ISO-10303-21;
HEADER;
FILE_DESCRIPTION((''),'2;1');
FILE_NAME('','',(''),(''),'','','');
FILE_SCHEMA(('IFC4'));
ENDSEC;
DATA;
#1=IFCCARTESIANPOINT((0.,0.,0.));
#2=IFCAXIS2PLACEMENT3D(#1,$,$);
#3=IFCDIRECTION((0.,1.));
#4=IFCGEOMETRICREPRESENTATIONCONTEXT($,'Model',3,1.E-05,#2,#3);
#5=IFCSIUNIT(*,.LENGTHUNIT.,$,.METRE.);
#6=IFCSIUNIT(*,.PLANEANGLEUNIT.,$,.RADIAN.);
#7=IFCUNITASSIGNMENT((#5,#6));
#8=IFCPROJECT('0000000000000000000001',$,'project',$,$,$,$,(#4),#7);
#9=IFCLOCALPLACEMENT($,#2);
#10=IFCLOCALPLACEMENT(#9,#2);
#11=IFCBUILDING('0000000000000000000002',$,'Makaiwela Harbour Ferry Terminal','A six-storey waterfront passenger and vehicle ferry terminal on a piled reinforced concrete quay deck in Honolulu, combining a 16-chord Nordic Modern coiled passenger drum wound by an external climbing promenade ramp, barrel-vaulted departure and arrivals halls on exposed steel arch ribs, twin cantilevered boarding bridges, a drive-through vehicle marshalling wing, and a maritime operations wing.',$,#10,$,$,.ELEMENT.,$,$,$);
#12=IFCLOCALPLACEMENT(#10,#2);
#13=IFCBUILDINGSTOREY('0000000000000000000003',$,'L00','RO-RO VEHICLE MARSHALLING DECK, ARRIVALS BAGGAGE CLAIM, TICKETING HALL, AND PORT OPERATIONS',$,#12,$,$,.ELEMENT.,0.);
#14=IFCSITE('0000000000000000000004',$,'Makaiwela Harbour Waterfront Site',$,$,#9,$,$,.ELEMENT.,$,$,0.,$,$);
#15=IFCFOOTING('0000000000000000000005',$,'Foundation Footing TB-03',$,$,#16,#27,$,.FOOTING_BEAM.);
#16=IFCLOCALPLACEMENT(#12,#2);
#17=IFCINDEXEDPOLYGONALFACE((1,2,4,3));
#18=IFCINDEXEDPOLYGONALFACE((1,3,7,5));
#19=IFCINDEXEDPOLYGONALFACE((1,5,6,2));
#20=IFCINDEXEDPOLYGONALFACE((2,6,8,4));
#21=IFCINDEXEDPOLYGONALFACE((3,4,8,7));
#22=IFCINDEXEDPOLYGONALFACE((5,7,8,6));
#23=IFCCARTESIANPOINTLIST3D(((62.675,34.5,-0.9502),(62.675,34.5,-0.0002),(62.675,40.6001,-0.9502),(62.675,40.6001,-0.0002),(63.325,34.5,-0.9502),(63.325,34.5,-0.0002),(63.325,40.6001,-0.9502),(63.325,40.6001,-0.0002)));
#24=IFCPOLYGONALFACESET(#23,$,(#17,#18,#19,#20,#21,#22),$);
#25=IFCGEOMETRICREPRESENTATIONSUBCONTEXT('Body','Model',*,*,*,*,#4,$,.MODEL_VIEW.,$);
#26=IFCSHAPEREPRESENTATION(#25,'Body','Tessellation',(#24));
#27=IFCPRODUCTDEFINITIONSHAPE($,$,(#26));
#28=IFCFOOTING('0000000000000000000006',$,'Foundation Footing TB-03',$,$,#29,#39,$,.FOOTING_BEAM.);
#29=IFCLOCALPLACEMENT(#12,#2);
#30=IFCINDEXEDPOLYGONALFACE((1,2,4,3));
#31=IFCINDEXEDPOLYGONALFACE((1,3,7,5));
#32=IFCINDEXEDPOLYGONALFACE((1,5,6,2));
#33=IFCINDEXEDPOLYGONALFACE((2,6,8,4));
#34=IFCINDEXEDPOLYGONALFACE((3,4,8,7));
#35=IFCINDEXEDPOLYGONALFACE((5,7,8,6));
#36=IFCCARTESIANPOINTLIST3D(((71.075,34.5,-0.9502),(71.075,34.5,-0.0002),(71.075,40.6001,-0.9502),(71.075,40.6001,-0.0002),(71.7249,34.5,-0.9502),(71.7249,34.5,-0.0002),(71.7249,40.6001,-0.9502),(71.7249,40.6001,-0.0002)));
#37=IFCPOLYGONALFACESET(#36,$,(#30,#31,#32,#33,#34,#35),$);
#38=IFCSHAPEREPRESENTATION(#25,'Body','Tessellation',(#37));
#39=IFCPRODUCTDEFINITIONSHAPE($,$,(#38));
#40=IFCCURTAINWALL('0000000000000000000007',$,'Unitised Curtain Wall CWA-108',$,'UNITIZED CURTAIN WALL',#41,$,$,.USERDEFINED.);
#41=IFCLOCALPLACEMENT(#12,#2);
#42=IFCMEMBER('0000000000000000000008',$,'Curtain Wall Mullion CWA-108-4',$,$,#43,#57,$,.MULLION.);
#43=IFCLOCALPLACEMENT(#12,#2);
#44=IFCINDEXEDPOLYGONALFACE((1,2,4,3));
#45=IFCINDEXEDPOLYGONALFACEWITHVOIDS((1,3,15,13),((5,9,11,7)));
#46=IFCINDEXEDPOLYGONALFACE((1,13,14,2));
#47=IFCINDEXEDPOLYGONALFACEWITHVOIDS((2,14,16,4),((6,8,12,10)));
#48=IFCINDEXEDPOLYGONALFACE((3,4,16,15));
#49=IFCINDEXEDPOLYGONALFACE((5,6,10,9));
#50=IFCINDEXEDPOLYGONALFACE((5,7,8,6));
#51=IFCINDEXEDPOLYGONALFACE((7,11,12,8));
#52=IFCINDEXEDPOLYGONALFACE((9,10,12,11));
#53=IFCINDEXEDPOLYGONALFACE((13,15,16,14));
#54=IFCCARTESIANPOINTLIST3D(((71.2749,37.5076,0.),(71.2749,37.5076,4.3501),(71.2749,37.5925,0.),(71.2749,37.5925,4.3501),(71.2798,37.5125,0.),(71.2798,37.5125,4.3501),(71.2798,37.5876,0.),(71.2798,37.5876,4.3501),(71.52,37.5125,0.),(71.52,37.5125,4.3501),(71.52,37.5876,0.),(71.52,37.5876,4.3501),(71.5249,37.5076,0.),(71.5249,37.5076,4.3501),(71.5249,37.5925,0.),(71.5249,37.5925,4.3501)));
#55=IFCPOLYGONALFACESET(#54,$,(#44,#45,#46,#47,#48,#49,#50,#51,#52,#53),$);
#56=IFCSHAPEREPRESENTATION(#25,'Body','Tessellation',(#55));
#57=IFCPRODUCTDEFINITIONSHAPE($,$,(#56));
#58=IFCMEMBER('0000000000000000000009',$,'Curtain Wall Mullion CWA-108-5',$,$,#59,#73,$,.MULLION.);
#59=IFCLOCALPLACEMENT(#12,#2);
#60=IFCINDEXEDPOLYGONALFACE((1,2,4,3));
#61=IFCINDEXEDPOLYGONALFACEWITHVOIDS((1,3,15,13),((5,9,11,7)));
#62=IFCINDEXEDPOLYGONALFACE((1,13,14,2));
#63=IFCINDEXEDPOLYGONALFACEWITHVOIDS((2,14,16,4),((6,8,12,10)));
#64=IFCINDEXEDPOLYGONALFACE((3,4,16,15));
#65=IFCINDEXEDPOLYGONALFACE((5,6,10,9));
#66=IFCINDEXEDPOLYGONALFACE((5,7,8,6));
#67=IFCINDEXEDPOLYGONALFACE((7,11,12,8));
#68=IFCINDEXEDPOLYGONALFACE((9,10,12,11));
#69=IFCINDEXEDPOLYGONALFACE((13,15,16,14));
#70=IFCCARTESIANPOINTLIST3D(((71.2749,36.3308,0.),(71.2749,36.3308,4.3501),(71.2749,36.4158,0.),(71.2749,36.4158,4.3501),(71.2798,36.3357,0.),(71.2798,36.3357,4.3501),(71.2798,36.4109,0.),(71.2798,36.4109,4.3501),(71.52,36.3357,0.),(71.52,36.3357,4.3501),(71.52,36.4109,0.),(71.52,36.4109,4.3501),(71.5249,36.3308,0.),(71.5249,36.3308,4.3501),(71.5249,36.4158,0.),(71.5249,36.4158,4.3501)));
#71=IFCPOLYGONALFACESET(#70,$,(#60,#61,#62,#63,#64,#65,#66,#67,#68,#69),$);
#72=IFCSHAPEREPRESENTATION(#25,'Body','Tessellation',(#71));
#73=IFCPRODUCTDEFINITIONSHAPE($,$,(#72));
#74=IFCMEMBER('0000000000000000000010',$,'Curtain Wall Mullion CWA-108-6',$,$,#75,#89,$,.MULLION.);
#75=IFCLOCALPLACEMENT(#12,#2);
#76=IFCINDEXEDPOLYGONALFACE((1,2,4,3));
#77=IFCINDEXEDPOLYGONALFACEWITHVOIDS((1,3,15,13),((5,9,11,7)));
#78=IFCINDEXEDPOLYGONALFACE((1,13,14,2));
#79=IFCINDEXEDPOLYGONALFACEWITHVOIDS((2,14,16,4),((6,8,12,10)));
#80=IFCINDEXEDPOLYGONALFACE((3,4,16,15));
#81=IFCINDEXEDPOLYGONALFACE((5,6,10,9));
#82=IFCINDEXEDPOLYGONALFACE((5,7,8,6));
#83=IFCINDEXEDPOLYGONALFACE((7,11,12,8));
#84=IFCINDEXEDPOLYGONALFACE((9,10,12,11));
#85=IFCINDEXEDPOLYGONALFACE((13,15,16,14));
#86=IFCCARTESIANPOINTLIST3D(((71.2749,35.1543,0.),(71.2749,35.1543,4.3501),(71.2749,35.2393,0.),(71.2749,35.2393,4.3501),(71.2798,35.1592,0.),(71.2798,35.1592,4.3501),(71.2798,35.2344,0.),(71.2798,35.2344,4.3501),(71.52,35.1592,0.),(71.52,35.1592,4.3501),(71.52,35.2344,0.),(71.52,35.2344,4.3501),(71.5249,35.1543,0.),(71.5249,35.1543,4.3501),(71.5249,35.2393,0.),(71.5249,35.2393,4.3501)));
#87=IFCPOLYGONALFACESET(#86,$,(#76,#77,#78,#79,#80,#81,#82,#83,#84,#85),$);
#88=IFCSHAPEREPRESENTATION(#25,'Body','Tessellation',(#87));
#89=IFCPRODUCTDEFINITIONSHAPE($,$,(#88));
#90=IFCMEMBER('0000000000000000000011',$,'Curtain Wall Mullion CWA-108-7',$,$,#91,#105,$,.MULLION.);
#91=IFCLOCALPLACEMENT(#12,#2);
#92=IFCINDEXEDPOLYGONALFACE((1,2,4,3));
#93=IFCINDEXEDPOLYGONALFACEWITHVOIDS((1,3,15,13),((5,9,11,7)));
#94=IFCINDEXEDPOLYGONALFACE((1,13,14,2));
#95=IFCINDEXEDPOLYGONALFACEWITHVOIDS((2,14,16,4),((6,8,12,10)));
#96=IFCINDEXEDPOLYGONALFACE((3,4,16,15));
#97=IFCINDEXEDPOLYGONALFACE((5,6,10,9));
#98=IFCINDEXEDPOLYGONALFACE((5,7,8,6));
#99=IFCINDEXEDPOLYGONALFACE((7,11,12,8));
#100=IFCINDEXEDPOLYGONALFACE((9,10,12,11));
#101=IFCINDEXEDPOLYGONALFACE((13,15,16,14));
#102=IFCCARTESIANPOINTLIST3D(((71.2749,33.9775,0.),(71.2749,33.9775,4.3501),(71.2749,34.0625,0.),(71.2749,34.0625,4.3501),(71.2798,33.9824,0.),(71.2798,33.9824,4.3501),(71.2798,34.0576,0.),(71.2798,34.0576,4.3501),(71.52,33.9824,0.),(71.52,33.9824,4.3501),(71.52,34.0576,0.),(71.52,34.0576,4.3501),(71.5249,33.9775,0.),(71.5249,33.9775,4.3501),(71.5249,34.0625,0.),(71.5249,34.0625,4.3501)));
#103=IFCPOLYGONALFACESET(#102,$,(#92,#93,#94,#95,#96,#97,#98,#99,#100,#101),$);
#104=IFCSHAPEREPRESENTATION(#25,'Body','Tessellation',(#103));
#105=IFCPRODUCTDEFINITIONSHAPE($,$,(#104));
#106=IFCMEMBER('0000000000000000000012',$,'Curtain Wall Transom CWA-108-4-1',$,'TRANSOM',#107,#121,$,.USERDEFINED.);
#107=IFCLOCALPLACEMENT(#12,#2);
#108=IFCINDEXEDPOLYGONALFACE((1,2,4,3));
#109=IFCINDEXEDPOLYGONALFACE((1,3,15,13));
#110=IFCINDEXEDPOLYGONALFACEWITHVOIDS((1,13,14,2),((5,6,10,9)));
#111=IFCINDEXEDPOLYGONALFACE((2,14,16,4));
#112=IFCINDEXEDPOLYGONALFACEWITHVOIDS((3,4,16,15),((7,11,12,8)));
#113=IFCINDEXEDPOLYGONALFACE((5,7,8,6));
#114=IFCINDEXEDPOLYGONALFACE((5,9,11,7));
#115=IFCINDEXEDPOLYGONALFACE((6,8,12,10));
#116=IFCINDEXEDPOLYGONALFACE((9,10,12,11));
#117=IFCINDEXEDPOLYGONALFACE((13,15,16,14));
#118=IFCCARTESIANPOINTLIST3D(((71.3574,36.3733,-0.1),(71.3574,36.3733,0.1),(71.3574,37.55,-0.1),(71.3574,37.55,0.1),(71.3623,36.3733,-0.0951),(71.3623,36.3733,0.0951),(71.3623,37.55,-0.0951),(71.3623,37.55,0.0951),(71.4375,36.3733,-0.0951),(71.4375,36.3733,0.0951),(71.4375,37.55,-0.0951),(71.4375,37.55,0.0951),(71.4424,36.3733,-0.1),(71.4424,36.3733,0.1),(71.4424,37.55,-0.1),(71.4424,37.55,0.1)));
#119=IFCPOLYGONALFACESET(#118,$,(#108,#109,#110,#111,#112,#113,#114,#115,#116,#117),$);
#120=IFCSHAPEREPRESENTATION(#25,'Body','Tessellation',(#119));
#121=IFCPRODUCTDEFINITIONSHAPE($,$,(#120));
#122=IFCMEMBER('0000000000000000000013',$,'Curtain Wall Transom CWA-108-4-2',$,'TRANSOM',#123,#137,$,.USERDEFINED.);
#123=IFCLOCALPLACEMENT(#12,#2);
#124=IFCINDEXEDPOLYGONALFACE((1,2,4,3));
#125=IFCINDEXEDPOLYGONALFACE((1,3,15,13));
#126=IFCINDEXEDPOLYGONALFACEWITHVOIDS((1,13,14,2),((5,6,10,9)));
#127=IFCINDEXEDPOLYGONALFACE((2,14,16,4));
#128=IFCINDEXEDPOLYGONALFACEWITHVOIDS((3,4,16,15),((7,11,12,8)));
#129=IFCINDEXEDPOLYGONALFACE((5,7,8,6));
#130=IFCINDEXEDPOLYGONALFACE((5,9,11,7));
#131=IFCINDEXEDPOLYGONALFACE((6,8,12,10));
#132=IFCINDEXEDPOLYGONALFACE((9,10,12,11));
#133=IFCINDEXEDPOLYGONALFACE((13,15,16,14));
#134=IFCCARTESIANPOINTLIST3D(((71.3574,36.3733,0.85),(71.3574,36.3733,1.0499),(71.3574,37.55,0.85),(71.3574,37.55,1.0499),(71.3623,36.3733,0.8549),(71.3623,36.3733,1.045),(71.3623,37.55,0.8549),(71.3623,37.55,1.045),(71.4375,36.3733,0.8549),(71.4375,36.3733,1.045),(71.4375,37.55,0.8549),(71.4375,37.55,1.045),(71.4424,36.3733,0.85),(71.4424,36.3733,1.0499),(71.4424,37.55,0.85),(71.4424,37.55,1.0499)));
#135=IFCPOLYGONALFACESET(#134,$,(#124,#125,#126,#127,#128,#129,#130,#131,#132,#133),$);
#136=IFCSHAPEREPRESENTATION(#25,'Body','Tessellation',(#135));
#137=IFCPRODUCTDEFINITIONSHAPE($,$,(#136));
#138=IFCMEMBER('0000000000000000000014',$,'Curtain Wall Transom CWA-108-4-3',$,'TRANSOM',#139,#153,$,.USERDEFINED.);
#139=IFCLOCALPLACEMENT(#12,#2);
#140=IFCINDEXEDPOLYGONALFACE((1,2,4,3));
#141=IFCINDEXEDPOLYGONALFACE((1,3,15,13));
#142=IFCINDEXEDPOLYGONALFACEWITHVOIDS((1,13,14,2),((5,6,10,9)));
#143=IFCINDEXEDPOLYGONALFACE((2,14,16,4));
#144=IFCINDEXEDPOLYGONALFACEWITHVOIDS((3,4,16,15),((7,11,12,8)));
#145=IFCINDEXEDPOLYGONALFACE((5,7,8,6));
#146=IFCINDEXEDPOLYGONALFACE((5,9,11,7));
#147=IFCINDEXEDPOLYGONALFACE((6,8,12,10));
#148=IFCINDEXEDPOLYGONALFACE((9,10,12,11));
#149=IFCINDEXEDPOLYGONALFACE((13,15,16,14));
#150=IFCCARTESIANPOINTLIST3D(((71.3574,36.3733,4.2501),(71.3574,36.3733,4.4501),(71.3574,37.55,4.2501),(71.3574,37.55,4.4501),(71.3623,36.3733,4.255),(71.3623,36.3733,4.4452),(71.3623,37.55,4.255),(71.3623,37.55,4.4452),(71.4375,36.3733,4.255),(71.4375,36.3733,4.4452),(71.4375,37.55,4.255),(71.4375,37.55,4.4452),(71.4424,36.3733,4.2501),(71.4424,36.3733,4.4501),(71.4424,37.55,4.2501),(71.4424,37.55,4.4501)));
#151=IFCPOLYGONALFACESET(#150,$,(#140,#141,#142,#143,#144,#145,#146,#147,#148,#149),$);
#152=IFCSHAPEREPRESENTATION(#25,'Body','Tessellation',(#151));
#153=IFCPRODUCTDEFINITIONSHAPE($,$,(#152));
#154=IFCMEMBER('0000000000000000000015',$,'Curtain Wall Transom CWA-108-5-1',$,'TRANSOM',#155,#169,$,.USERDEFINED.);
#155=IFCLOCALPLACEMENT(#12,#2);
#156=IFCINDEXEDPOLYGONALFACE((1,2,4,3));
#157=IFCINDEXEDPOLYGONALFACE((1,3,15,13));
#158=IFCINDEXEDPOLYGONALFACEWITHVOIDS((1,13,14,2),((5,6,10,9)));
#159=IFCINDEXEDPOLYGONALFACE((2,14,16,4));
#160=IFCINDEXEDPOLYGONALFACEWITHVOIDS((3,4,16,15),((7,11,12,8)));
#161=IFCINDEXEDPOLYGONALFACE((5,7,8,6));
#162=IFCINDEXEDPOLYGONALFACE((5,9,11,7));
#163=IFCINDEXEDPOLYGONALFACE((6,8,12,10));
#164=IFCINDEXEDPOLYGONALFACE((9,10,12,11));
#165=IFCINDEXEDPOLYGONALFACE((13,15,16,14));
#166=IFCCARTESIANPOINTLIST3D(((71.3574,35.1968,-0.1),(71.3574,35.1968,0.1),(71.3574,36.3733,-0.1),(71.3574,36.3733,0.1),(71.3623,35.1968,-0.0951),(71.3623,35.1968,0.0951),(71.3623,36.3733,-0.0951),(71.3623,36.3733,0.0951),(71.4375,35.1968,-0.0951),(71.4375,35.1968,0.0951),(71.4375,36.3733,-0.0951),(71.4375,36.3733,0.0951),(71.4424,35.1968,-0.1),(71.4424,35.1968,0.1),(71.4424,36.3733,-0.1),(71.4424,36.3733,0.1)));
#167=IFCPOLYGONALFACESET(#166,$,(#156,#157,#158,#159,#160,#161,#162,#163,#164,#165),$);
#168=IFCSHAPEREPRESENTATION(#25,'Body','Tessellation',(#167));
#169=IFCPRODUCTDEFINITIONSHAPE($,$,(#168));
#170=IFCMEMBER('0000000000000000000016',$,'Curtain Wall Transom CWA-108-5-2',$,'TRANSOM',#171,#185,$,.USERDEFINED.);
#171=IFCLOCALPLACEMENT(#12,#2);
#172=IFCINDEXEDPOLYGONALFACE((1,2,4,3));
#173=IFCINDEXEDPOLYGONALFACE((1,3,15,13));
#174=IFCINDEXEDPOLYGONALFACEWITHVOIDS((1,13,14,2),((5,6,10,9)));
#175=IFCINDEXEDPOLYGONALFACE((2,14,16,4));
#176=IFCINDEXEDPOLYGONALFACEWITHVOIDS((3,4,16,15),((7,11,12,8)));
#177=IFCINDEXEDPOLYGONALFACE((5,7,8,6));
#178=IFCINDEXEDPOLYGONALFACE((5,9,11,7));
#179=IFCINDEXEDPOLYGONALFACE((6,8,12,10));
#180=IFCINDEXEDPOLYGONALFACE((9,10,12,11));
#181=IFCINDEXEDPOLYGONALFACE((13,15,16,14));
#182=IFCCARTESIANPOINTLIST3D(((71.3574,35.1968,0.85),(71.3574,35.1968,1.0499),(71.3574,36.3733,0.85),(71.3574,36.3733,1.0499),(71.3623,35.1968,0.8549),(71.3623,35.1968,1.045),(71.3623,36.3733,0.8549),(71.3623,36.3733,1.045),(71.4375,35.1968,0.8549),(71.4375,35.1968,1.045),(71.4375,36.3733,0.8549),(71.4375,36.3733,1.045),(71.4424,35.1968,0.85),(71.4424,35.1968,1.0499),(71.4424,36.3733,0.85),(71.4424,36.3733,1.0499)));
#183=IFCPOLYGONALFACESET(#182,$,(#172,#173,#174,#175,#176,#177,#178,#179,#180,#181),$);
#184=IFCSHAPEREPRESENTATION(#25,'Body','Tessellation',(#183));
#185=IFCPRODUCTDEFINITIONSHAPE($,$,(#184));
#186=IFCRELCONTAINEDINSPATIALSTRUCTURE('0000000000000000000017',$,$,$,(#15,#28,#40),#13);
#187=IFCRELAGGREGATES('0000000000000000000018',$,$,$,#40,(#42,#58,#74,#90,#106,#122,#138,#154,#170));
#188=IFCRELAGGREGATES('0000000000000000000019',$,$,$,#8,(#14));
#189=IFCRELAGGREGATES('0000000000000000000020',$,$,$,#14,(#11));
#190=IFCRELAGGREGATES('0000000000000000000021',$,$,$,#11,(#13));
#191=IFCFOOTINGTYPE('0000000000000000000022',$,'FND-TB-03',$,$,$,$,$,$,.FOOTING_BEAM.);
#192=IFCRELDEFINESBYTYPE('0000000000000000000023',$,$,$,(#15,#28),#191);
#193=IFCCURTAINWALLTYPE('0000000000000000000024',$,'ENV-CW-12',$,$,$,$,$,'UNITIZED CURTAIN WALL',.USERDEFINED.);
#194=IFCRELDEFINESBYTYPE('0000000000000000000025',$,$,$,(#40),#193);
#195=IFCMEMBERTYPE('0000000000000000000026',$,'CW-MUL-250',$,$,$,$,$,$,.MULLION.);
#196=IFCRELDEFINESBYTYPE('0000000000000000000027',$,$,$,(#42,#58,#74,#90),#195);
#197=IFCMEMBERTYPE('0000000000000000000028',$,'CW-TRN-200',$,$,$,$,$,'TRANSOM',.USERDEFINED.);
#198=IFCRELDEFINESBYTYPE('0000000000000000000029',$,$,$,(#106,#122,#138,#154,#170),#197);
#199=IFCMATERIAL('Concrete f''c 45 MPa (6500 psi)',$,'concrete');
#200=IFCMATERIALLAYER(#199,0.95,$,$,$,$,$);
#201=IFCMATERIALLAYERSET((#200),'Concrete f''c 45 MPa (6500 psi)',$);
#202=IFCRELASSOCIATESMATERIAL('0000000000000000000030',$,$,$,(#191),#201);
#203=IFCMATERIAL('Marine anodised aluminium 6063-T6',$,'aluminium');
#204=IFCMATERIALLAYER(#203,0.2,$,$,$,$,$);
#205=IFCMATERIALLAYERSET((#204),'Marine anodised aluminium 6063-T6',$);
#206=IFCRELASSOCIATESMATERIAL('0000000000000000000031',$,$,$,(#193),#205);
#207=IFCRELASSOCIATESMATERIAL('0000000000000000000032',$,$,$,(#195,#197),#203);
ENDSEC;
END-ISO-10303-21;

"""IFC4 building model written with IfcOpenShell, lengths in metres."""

from ifc_helpers import new_model, si_unit, direction, frame, origin, origin_2d, place, context, subcontext, project, spatial, rectangle, hollow_rectangle, extrude, material, layer, layer_set, material_profile, profile_set, type_object, element, aggregate, save


model = new_model("IFC4")

# Units and contexts
model_context = context("Model", 3, precision=1e-05, world=origin(), true_north=direction((0.0, 1.0)))
body_context = subcontext(model_context, "Body", "Model", "MODEL_VIEW")
ifc_project = project(units=[si_unit("LENGTHUNIT", "METRE"), si_unit("PLANEANGLEUNIT", "RADIAN")], contexts=[model_context])

# Site, building, storey
site_placement = place(None, origin())
site = spatial("IfcSite", under=ifc_project, at=site_placement, Name="Makaiwela Harbour Waterfront Site", CompositionType="ELEMENT", RefElevation=0.0)
building_placement = place(site_placement, origin())
building = spatial("IfcBuilding", under=site, at=building_placement, Name="Makaiwela Harbour Ferry Terminal", Description="A six-storey waterfront passenger and vehicle ferry terminal on a piled reinforced concrete quay deck in Honolulu, combining a 16-chord Nordic Modern coiled passenger drum wound by an external climbing promenade ramp, barrel-vaulted departure and arrivals halls on exposed steel arch ribs, twin cantilevered boarding bridges, a drive-through vehicle marshalling wing, and a maritime operations wing.", CompositionType="ELEMENT")
storey_placement = place(building_placement, origin())
storey = spatial("IfcBuildingStorey", under=building, at=storey_placement, Name="L00", Description="RO-RO VEHICLE MARSHALLING DECK, ARRIVALS BAGGAGE CLAIM, TICKETING HALL, AND PORT OPERATIONS", CompositionType="ELEMENT", Elevation=0.0)

# Footings
ifc_material_1 = material(Name="Concrete f'c 45 MPa (6500 psi)", Category="concrete")
ifc_layer_1 = layer(ifc_material_1, 0.95)
ifc_layer_set_1 = layer_set([ifc_layer_1], Name="Concrete f'c 45 MPa (6500 psi)")
footing_type = type_object("IfcFootingType", Name="FND-TB-03", PredefinedType="FOOTING_BEAM", material=ifc_layer_set_1)
for number, where, z_axis, x_axis, name in (
    (1, (63.0, 37.55, -0.9502), (0.0, 0.0, 1.0), (0.0, 1.0, 0.0), "Foundation Footing TB-03"),
    (2, (71.3999, 37.55, -0.9502), (0.0, 0.0, 1.0), (0.0, 1.0, 0.0), "Foundation Footing TB-03"),
):
    element("IfcFooting", number, at=place(storey_placement, frame(where, z_axis=z_axis, x_axis=x_axis)), inside=storey, type_object=footing_type, Name=name, PredefinedType="FOOTING_BEAM", context=body_context, shape_type="SweptSolid", body=[
        extrude(rectangle(XDim=6.1001, YDim=0.6499, at=origin_2d()), origin(), (0.0, 0.0, 1.0), 0.95),
    ])

# Curtain wall, members
ifc_material_2 = material(Name="Marine anodised aluminium 6063-T6", Category="aluminium")
ifc_layer_2 = layer(ifc_material_2, 0.2)
ifc_layer_set_2 = layer_set([ifc_layer_2], Name="Marine anodised aluminium 6063-T6")
curtain_wall_type = type_object("IfcCurtainWallType", Name="ENV-CW-12", ElementType="UNITIZED CURTAIN WALL", PredefinedType="USERDEFINED", material=ifc_layer_set_2)
curtain_wall_placement = place(storey_placement, origin())
curtain_wall = element("IfcCurtainWall", 3, at=curtain_wall_placement, inside=storey, type_object=curtain_wall_type, Name="Unitised Curtain Wall CWA-108", ObjectType="UNITIZED CURTAIN WALL", PredefinedType="USERDEFINED")
ifc_material_profile_1 = material_profile(ifc_material_2, hollow_rectangle(XDim=0.085, YDim=0.25, WallThickness=0.0049, at=origin_2d()), Name="CWM-250X85")
ifc_profile_set_1 = profile_set([ifc_material_profile_1], Name="Marine anodised aluminium 6063-T6")
member_type_1 = type_object("IfcMemberType", Name="CW-MUL-250", PredefinedType="MULLION", material=ifc_profile_set_1)
member_1_placement = place(storey_placement, frame((71.3999, 37.55, 0.0), z_axis=(0.0, 0.0, 1.0), x_axis=(0.0, 1.0, 0.0)))
member_1 = element("IfcMember", 4, at=member_1_placement, type_object=member_type_1, Name="Curtain Wall Mullion CWA-108-4", PredefinedType="MULLION", context=body_context, shape_type="SweptSolid", body=[
    extrude(hollow_rectangle(XDim=0.085, YDim=0.25, WallThickness=0.0049, at=origin_2d()), origin(), (0.0, 0.0, 1.0), 4.3501),
])
member_2_placement = place(storey_placement, frame((71.3999, 36.3733, 0.0), z_axis=(0.0, 0.0, 1.0), x_axis=(0.0, 1.0, 0.0)))
member_2 = element("IfcMember", 5, at=member_2_placement, type_object=member_type_1, Name="Curtain Wall Mullion CWA-108-5", PredefinedType="MULLION", context=body_context, shape_type="SweptSolid", body=[
    extrude(hollow_rectangle(XDim=0.085, YDim=0.25, WallThickness=0.0049, at=origin_2d()), origin(), (0.0, 0.0, 1.0), 4.3501),
])
member_3_placement = place(storey_placement, frame((71.3999, 35.1968, 0.0), z_axis=(0.0, 0.0, 1.0), x_axis=(0.0, 1.0, 0.0)))
member_3 = element("IfcMember", 6, at=member_3_placement, type_object=member_type_1, Name="Curtain Wall Mullion CWA-108-6", PredefinedType="MULLION", context=body_context, shape_type="SweptSolid", body=[
    extrude(hollow_rectangle(XDim=0.085, YDim=0.25, WallThickness=0.0049, at=origin_2d()), origin(), (0.0, 0.0, 1.0), 4.3501),
])
member_4_placement = place(storey_placement, frame((71.3999, 34.02, 0.0), z_axis=(0.0, 0.0, 1.0), x_axis=(0.0, 1.0, 0.0)))
member_4 = element("IfcMember", 7, at=member_4_placement, type_object=member_type_1, Name="Curtain Wall Mullion CWA-108-7", PredefinedType="MULLION", context=body_context, shape_type="SweptSolid", body=[
    extrude(hollow_rectangle(XDim=0.085, YDim=0.25, WallThickness=0.0049, at=origin_2d()), origin(), (0.0, 0.0, 1.0), 4.3501),
])
ifc_material_profile_2 = material_profile(ifc_material_2, hollow_rectangle(XDim=0.085, YDim=0.2, WallThickness=0.0049, at=origin_2d()), Name="CWT-200X85")
ifc_profile_set_2 = profile_set([ifc_material_profile_2], Name="Marine anodised aluminium 6063-T6")
member_type_2 = type_object("IfcMemberType", Name="CW-TRN-200", ElementType="TRANSOM", PredefinedType="USERDEFINED", material=ifc_profile_set_2)
member_5_placement = place(storey_placement, frame((71.3999, 37.55, 0.0), z_axis=(0.0, -1.0, 0.0), x_axis=(1.0, 0.0, 0.0)))
member_5 = element("IfcMember", 8, at=member_5_placement, type_object=member_type_2, Name="Curtain Wall Transom CWA-108-4-1", ObjectType="TRANSOM", PredefinedType="USERDEFINED", context=body_context, shape_type="SweptSolid", body=[
    extrude(hollow_rectangle(XDim=0.085, YDim=0.2, WallThickness=0.0049, at=origin_2d()), origin(), (0.0, 0.0, 1.0), 1.1768),
])
member_6_placement = place(storey_placement, frame((71.3999, 37.55, 0.95), z_axis=(0.0, -1.0, 0.0), x_axis=(1.0, 0.0, 0.0)))
member_6 = element("IfcMember", 9, at=member_6_placement, type_object=member_type_2, Name="Curtain Wall Transom CWA-108-4-2", ObjectType="TRANSOM", PredefinedType="USERDEFINED", context=body_context, shape_type="SweptSolid", body=[
    extrude(hollow_rectangle(XDim=0.085, YDim=0.2, WallThickness=0.0049, at=origin_2d()), origin(), (0.0, 0.0, 1.0), 1.1768),
])
member_7_placement = place(storey_placement, frame((71.3999, 37.55, 4.3501), z_axis=(0.0, -1.0, 0.0), x_axis=(1.0, 0.0, 0.0)))
member_7 = element("IfcMember", 10, at=member_7_placement, type_object=member_type_2, Name="Curtain Wall Transom CWA-108-4-3", ObjectType="TRANSOM", PredefinedType="USERDEFINED", context=body_context, shape_type="SweptSolid", body=[
    extrude(hollow_rectangle(XDim=0.085, YDim=0.2, WallThickness=0.0049, at=origin_2d()), origin(), (0.0, 0.0, 1.0), 1.1768),
])
member_8_placement = place(storey_placement, frame((71.3999, 36.3733, 0.0), z_axis=(0.0, -1.0, 0.0), x_axis=(1.0, 0.0, 0.0)))
member_8 = element("IfcMember", 11, at=member_8_placement, type_object=member_type_2, Name="Curtain Wall Transom CWA-108-5-1", ObjectType="TRANSOM", PredefinedType="USERDEFINED", context=body_context, shape_type="SweptSolid", body=[
    extrude(hollow_rectangle(XDim=0.085, YDim=0.2, WallThickness=0.0049, at=origin_2d()), origin(), (0.0, 0.0, 1.0), 1.1765),
])
member_9_placement = place(storey_placement, frame((71.3999, 36.3733, 0.95), z_axis=(0.0, -1.0, 0.0), x_axis=(1.0, 0.0, 0.0)))
member_9 = element("IfcMember", 12, at=member_9_placement, type_object=member_type_2, Name="Curtain Wall Transom CWA-108-5-2", ObjectType="TRANSOM", PredefinedType="USERDEFINED", context=body_context, shape_type="SweptSolid", body=[
    extrude(hollow_rectangle(XDim=0.085, YDim=0.2, WallThickness=0.0049, at=origin_2d()), origin(), (0.0, 0.0, 1.0), 1.1765),
])
aggregate(curtain_wall, [member_1, member_2, member_3, member_4, member_5, member_6, member_7, member_8, member_9])

save(model, "model.ifc")
